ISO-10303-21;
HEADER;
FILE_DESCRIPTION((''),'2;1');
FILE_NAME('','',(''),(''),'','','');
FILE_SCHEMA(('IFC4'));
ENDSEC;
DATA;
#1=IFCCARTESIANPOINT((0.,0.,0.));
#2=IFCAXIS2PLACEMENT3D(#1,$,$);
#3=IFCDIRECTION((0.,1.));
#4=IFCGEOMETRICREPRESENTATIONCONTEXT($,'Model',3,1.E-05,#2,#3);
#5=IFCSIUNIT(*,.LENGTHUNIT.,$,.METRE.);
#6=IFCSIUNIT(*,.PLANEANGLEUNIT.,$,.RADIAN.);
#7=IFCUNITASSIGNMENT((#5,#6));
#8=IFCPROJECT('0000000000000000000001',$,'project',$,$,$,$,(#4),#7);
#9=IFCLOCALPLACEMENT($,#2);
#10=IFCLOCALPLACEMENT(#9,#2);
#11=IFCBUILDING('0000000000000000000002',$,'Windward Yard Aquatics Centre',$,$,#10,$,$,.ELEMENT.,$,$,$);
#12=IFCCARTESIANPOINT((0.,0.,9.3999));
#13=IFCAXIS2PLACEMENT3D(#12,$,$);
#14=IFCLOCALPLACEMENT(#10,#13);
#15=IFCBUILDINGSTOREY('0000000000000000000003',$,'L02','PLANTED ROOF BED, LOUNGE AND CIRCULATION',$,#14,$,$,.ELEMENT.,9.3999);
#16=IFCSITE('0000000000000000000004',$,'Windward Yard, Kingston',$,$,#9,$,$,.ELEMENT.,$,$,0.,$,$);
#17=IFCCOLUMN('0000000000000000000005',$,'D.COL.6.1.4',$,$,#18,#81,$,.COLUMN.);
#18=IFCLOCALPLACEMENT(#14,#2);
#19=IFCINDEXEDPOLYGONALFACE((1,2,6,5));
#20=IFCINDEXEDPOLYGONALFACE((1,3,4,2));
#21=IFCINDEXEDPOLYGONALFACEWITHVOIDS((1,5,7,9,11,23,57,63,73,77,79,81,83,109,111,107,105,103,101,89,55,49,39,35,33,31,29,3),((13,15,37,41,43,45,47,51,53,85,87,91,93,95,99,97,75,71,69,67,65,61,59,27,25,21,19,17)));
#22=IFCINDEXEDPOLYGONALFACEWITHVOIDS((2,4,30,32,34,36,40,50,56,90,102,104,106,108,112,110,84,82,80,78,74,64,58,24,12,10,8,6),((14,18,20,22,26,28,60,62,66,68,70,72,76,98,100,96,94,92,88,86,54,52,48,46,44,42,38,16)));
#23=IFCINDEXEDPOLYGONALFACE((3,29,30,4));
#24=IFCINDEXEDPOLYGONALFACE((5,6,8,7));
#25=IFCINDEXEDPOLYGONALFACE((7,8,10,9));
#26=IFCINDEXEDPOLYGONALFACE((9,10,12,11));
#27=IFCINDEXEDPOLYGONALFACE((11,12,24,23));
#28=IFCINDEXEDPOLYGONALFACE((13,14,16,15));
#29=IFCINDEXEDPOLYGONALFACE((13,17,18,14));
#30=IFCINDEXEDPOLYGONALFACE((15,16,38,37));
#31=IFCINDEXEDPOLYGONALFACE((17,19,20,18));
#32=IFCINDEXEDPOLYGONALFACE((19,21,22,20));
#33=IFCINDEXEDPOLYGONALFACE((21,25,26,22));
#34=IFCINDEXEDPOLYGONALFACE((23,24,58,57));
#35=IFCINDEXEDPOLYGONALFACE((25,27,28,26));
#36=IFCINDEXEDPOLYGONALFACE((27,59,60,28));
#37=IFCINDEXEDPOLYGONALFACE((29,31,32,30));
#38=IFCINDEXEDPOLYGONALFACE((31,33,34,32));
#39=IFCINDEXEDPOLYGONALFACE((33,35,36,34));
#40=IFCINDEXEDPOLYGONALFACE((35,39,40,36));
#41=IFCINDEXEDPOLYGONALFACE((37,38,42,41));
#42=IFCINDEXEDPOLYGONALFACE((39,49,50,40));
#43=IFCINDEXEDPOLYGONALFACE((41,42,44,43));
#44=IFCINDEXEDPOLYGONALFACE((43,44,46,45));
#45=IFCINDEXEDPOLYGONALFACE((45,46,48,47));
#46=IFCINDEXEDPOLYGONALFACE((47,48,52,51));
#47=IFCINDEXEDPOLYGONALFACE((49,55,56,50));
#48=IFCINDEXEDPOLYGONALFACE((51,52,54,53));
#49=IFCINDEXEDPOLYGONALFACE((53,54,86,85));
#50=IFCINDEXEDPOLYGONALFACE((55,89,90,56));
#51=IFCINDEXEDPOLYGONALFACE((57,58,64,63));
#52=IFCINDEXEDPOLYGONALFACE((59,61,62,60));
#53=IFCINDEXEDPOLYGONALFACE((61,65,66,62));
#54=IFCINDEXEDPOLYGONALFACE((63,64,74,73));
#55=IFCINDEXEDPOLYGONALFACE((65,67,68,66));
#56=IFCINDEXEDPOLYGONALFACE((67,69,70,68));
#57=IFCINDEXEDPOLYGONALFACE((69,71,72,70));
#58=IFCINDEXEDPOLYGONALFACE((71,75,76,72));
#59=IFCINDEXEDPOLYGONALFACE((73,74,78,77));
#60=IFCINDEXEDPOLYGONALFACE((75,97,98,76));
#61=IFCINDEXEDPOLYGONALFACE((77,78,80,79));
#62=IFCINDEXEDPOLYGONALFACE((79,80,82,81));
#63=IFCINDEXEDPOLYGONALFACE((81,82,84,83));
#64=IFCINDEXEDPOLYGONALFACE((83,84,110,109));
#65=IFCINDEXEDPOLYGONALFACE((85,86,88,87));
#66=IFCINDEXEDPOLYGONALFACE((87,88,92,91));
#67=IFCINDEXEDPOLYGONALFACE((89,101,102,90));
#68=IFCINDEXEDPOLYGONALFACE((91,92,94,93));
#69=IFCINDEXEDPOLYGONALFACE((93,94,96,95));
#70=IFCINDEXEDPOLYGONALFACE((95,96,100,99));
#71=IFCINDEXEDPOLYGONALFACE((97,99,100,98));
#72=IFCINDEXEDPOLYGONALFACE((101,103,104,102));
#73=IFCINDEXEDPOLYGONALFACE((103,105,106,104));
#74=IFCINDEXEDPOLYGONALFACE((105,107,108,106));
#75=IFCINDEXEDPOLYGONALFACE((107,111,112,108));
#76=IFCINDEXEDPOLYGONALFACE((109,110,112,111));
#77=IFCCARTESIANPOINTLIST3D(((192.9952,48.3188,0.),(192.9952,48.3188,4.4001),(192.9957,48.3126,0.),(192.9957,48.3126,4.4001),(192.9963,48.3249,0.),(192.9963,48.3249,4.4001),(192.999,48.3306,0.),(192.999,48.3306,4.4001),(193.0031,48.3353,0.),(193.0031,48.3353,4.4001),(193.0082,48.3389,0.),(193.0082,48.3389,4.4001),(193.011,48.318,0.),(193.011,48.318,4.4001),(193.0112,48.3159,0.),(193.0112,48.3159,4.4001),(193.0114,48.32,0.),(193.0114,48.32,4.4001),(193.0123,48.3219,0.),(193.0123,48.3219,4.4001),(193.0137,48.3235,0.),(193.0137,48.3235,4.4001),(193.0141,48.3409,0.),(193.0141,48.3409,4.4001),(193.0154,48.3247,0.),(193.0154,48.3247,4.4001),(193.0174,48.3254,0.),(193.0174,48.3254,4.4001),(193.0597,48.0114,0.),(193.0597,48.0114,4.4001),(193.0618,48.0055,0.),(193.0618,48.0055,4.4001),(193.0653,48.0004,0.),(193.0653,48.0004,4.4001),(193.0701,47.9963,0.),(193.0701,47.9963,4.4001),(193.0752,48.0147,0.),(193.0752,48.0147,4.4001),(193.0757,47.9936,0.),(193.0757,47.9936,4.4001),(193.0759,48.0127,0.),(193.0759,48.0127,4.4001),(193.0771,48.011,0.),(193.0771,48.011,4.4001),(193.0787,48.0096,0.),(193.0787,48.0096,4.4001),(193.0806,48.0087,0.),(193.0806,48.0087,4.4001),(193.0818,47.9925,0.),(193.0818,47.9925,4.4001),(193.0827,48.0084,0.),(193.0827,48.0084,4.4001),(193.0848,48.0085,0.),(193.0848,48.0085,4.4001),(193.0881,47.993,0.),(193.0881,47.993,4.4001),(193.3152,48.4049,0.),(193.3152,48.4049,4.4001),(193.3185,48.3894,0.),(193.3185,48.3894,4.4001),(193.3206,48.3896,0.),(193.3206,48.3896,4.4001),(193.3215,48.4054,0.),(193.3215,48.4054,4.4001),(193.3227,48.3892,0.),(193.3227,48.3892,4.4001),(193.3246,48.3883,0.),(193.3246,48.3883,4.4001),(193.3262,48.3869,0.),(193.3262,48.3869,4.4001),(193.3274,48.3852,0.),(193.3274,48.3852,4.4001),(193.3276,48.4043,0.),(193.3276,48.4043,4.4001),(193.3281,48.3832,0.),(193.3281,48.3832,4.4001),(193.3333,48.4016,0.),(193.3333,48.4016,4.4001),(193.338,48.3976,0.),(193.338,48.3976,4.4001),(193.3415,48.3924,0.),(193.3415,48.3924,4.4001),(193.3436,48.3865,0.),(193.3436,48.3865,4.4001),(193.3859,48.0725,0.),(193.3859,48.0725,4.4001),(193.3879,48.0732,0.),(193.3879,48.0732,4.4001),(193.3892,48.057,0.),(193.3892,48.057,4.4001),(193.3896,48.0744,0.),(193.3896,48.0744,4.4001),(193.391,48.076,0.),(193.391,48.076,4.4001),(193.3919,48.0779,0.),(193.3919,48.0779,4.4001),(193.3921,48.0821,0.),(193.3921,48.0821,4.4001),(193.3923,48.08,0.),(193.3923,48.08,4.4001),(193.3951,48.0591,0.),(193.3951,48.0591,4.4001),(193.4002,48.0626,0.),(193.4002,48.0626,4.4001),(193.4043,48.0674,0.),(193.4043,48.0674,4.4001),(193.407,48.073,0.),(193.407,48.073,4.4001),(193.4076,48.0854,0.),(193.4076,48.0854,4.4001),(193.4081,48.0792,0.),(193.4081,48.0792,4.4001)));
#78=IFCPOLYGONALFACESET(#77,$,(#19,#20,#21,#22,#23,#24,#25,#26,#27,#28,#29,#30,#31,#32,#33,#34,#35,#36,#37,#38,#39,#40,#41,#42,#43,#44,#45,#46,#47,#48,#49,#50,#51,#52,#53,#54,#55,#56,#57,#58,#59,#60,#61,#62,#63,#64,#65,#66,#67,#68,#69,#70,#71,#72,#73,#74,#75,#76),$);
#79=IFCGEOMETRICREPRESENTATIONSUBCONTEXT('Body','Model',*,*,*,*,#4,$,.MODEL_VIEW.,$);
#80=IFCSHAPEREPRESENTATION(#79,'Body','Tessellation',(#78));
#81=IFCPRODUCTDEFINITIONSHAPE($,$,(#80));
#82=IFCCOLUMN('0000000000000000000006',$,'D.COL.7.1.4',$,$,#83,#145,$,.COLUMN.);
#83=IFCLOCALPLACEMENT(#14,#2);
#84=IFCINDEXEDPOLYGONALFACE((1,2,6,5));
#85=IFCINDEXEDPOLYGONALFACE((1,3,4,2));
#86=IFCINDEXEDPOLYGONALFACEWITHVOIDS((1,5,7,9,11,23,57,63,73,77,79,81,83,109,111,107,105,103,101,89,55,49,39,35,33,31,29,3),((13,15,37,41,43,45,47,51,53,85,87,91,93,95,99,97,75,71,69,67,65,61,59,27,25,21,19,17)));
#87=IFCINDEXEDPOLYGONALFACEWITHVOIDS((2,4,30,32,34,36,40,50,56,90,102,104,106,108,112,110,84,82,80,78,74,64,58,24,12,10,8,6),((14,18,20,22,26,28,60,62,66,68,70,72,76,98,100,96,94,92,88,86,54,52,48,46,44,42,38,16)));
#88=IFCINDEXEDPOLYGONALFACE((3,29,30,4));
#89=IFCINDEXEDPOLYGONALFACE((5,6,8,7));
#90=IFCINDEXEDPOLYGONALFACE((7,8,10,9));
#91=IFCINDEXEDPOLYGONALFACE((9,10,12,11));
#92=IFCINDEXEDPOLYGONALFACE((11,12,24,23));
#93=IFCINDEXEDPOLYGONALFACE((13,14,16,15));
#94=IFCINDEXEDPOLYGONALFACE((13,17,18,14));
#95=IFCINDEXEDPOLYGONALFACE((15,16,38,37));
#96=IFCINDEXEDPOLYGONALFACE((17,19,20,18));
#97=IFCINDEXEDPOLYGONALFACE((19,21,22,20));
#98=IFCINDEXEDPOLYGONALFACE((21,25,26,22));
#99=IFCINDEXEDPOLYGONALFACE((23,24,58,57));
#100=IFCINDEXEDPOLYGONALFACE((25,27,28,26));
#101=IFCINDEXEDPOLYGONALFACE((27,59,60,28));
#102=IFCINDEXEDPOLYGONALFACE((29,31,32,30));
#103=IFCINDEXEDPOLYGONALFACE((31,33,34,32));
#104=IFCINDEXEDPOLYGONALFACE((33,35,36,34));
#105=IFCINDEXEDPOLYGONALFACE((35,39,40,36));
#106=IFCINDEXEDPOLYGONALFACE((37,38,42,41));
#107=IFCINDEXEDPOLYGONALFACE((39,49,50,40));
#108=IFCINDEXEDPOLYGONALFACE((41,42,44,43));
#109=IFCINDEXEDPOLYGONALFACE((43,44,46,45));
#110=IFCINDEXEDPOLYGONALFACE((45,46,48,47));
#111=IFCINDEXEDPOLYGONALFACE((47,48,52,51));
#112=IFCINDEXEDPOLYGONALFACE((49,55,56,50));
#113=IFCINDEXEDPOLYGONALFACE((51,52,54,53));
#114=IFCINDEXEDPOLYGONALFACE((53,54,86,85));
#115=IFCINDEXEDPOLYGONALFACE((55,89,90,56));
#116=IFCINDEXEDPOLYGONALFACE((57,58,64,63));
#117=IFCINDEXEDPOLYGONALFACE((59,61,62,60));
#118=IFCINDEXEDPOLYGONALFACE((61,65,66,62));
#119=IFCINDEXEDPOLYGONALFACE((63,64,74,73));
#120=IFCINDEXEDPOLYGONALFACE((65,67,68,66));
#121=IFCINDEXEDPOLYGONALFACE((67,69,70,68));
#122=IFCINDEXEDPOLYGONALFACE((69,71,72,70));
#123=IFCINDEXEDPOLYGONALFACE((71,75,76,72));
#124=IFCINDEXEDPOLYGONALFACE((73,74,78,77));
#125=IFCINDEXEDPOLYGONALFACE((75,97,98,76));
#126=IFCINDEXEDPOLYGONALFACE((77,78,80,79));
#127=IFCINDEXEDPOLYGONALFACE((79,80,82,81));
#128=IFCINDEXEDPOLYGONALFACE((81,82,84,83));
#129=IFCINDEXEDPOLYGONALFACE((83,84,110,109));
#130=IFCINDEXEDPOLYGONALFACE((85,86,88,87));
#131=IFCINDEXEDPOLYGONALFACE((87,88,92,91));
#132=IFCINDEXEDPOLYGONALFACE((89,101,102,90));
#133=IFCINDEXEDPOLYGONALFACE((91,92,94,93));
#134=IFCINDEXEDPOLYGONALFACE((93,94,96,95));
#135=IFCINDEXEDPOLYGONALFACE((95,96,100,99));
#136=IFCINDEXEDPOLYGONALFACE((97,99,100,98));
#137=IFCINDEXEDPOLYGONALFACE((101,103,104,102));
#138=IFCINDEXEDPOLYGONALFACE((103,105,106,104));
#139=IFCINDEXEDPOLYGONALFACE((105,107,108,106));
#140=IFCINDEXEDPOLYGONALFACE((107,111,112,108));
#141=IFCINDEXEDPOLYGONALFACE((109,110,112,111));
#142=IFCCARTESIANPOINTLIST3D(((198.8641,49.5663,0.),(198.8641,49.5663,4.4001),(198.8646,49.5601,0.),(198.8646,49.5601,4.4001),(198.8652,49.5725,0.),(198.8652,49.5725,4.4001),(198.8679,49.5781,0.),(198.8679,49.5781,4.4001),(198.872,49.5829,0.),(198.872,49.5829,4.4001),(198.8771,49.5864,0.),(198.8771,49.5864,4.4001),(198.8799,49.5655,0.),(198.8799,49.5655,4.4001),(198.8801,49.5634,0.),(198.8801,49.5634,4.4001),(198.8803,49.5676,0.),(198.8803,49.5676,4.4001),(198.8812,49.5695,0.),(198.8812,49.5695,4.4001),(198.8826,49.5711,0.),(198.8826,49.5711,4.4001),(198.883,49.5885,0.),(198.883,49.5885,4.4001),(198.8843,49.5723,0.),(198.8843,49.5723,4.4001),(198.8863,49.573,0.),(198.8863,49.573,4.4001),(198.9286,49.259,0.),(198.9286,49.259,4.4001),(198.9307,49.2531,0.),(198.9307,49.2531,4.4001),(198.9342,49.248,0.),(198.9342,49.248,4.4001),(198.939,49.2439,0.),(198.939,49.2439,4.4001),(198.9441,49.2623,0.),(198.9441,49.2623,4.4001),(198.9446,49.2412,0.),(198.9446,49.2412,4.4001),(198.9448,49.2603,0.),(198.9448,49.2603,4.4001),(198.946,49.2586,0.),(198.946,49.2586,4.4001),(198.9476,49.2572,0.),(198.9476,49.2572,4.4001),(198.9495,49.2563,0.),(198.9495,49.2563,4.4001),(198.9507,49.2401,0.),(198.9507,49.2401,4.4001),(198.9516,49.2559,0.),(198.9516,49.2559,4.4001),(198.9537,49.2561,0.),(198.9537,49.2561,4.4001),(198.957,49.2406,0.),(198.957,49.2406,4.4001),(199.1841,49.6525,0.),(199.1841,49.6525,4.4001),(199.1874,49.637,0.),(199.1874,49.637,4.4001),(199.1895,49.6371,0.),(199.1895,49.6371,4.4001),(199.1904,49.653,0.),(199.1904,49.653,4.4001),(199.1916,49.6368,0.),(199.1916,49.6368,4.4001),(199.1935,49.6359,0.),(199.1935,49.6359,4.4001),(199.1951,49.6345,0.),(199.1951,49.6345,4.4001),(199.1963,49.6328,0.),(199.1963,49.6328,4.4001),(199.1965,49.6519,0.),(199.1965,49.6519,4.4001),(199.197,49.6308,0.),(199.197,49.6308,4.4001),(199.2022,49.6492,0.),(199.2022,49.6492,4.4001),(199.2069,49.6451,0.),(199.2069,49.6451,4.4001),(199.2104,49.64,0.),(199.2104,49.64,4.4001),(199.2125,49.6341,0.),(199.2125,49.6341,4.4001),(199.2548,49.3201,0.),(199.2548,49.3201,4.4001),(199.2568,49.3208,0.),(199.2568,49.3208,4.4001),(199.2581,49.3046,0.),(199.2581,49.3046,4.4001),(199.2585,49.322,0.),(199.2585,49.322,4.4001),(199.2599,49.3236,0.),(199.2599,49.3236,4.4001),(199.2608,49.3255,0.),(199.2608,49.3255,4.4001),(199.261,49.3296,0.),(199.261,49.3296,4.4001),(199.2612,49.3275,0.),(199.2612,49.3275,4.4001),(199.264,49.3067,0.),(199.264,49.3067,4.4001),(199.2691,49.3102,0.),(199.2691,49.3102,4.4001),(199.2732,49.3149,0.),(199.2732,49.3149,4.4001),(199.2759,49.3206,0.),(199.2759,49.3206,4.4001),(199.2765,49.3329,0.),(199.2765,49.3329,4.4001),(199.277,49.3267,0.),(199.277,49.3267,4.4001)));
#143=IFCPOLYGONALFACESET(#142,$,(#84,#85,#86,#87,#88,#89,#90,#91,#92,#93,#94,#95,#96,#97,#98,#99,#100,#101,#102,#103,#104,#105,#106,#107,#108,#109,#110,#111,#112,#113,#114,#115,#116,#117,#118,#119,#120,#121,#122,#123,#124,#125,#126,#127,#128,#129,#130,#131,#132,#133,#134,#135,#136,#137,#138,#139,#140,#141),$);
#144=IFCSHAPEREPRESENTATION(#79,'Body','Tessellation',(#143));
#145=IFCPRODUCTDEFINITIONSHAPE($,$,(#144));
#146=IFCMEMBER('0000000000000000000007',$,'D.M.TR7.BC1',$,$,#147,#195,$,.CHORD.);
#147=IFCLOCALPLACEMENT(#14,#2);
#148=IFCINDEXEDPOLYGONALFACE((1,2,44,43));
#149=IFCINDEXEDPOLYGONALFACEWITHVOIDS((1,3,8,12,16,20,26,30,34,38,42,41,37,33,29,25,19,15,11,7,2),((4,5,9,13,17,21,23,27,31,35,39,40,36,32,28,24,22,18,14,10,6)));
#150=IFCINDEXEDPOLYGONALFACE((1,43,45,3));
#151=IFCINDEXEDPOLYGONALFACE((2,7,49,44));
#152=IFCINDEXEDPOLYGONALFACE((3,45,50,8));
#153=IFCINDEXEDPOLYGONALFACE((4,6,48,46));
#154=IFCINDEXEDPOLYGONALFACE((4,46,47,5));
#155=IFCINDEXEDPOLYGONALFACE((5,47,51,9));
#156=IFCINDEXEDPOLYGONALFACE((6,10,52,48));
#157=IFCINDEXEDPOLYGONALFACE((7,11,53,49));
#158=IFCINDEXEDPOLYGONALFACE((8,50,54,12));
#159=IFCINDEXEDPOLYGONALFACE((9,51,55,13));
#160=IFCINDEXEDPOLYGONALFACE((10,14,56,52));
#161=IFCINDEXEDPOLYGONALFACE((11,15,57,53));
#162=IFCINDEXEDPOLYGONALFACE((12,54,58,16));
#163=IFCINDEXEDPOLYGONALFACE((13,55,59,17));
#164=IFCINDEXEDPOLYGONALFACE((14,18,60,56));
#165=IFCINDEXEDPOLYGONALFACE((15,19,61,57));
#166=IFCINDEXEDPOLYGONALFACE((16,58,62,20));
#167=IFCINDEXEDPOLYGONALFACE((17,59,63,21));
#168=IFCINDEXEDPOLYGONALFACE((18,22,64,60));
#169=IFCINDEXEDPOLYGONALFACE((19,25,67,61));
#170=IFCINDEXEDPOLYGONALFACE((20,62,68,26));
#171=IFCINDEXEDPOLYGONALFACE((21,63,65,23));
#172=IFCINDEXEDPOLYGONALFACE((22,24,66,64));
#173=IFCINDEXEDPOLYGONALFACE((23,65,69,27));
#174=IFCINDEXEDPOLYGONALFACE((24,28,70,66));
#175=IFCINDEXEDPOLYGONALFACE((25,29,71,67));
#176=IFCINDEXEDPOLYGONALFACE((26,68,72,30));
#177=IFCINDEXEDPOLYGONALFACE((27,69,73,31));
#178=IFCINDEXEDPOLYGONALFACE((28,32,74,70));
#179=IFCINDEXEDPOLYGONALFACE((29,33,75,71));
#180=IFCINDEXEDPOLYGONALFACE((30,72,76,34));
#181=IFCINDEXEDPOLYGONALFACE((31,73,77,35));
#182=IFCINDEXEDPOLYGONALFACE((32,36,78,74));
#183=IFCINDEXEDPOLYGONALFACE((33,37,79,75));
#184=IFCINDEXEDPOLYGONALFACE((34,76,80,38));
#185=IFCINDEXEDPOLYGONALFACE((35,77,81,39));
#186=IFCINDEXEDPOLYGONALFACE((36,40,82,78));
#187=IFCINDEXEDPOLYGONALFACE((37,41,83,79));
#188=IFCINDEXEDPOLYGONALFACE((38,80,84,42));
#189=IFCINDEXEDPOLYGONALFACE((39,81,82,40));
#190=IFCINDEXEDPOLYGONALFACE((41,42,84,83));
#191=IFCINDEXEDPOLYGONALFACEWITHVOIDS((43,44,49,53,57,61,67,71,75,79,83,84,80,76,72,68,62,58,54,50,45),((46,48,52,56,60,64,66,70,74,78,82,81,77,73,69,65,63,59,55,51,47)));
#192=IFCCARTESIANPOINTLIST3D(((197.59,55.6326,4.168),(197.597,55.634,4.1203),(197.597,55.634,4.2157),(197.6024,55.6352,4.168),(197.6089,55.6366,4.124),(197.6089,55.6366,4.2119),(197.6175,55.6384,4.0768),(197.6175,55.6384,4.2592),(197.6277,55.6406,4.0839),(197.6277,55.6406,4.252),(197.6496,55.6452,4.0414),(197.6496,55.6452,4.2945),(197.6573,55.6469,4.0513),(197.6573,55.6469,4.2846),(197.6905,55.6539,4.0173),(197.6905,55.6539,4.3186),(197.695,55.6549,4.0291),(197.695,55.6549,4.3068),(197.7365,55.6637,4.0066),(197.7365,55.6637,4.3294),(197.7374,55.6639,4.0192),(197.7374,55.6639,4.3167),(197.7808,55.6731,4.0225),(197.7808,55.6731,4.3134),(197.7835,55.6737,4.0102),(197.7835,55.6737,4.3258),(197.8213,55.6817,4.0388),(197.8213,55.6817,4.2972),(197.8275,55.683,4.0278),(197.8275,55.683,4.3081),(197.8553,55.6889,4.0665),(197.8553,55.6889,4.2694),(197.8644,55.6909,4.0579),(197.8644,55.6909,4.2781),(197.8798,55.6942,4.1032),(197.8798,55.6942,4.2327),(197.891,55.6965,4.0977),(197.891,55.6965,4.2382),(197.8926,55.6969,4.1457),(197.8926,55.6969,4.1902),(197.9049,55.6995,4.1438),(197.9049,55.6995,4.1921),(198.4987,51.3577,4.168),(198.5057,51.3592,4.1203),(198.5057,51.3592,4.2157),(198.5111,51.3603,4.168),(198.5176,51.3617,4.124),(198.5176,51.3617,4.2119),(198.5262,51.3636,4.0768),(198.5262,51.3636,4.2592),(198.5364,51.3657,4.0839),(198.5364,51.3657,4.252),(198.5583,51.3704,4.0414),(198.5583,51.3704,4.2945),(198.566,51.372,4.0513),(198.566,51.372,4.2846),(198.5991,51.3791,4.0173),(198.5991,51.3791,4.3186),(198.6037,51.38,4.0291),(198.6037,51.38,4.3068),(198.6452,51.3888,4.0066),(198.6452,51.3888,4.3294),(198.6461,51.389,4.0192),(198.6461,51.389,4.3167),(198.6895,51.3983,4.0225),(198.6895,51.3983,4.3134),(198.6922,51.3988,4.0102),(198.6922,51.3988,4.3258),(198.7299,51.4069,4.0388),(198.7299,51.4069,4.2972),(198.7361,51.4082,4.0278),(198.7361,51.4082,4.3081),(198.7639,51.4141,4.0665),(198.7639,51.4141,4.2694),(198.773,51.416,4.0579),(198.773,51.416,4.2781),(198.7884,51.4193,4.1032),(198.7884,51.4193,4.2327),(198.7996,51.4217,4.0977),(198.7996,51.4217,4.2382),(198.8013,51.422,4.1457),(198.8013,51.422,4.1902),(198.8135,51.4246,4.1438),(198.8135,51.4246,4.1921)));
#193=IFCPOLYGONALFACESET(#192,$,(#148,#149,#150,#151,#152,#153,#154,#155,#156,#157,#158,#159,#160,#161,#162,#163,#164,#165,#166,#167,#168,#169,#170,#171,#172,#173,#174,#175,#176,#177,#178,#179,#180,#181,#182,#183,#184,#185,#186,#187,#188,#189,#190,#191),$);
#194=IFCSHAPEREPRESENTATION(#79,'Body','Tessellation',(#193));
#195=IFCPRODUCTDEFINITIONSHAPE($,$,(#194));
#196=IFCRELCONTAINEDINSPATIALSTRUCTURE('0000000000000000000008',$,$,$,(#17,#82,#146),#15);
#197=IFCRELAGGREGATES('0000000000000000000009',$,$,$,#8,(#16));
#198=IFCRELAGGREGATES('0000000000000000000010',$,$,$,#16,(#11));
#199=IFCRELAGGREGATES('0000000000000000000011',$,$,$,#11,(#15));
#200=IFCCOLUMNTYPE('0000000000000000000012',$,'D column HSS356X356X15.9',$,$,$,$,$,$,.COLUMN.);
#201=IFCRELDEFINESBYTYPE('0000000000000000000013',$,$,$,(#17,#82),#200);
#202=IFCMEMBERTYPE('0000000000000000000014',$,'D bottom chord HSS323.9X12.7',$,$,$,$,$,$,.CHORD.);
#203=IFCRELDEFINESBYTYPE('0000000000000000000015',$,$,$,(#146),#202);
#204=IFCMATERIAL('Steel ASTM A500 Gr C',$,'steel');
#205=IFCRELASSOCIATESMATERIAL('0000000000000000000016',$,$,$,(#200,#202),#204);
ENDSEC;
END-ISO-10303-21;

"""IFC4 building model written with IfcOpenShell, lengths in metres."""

from ifc_helpers import new_model, si_unit, direction, frame, origin, origin_2d, place, context, subcontext, project, spatial, hollow_rectangle, hollow_circle, extrude, material, material_profile, profile_set, type_object, element, save


model = new_model("IFC4")

# Units and contexts
model_context = context("Model", 3, precision=1e-05, world=origin(), true_north=direction((0.0, 1.0)))
body_context = subcontext(model_context, "Body", "Model", "MODEL_VIEW")
ifc_project = project(units=[si_unit("LENGTHUNIT", "METRE"), si_unit("PLANEANGLEUNIT", "RADIAN")], contexts=[model_context])

# Site, building, storey
site_placement = place(None, origin())
site = spatial("IfcSite", under=ifc_project, at=site_placement, Name="Windward Yard, Kingston", CompositionType="ELEMENT", RefElevation=0.0)
building_placement = place(site_placement, origin())
building = spatial("IfcBuilding", under=site, at=building_placement, Name="Windward Yard Aquatics Centre", CompositionType="ELEMENT")
storey_placement = place(building_placement, frame((0.0, 0.0, 9.3999)))
storey = spatial("IfcBuildingStorey", under=building, at=storey_placement, Name="L02", Description="PLANTED ROOF BED, LOUNGE AND CIRCULATION", CompositionType="ELEMENT", Elevation=9.3999)

# Columns
ifc_material_1 = material(Name="Steel ASTM A500 Gr C", Category="steel")
ifc_material_profile_1 = material_profile(ifc_material_1, hollow_rectangle(XDim=0.3557, YDim=0.3557, WallThickness=0.0159, InnerFilletRadius=0.0081, OuterFilletRadius=0.0239, at=origin_2d()), Name="HSS356X356X15.9")
ifc_profile_set_1 = profile_set([ifc_material_profile_1], Name="Steel ASTM A500 Gr C")
column_type = type_object("IfcColumnType", Name="D column HSS356X356X15.9", PredefinedType="COLUMN", material=ifc_profile_set_1)
for number, where, z_axis, x_axis, name in (
    (1, (193.2017, 48.199, 0.0), (0.0, 0.0, 1.0), (0.978148, 0.207912, 0.0), "D.COL.6.1.4"),
    (2, (199.0706, 49.4465, 0.0), (0.0, 0.0, 1.0), (0.978148, 0.207912, 0.0), "D.COL.7.1.4"),
):
    element("IfcColumn", number, at=place(storey_placement, frame(where, z_axis=z_axis, x_axis=x_axis)), inside=storey, type_object=column_type, Name=name, PredefinedType="COLUMN", context=body_context, shape_type="SweptSolid", body=[
        extrude(hollow_rectangle(XDim=0.3557, YDim=0.3557, WallThickness=0.0159, InnerFilletRadius=0.0081, OuterFilletRadius=0.0239, at=origin_2d()), origin(), (0.0, 0.0, 1.0), 4.4001),
    ])

# Member
ifc_material_profile_2 = material_profile(ifc_material_1, hollow_circle(Radius=0.1619, WallThickness=0.0127, at=origin_2d()), Name="HSS323.9X12.7")
ifc_profile_set_2 = profile_set([ifc_material_profile_2], Name="Steel ASTM A500 Gr C")
member_type = type_object("IfcMemberType", Name="D bottom chord HSS323.9X12.7", PredefinedType="CHORD", material=ifc_profile_set_2)
member_1_placement = place(storey_placement, frame((198.657, 51.3914, 4.168), z_axis=(-0.207919, 0.978146, 0.0), x_axis=(-0.978146, -0.207919, 0.0)))
element("IfcMember", 3, at=member_1_placement, inside=storey, type_object=member_type, Name="D.M.TR7.BC1", PredefinedType="CHORD", context=body_context, shape_type="SweptSolid", body=[
    extrude(hollow_circle(Radius=0.1619, WallThickness=0.0127, at=origin_2d()), origin(), (0.0, 0.0, 1.0), 4.3704),
])

save(model, "model.ifc")
